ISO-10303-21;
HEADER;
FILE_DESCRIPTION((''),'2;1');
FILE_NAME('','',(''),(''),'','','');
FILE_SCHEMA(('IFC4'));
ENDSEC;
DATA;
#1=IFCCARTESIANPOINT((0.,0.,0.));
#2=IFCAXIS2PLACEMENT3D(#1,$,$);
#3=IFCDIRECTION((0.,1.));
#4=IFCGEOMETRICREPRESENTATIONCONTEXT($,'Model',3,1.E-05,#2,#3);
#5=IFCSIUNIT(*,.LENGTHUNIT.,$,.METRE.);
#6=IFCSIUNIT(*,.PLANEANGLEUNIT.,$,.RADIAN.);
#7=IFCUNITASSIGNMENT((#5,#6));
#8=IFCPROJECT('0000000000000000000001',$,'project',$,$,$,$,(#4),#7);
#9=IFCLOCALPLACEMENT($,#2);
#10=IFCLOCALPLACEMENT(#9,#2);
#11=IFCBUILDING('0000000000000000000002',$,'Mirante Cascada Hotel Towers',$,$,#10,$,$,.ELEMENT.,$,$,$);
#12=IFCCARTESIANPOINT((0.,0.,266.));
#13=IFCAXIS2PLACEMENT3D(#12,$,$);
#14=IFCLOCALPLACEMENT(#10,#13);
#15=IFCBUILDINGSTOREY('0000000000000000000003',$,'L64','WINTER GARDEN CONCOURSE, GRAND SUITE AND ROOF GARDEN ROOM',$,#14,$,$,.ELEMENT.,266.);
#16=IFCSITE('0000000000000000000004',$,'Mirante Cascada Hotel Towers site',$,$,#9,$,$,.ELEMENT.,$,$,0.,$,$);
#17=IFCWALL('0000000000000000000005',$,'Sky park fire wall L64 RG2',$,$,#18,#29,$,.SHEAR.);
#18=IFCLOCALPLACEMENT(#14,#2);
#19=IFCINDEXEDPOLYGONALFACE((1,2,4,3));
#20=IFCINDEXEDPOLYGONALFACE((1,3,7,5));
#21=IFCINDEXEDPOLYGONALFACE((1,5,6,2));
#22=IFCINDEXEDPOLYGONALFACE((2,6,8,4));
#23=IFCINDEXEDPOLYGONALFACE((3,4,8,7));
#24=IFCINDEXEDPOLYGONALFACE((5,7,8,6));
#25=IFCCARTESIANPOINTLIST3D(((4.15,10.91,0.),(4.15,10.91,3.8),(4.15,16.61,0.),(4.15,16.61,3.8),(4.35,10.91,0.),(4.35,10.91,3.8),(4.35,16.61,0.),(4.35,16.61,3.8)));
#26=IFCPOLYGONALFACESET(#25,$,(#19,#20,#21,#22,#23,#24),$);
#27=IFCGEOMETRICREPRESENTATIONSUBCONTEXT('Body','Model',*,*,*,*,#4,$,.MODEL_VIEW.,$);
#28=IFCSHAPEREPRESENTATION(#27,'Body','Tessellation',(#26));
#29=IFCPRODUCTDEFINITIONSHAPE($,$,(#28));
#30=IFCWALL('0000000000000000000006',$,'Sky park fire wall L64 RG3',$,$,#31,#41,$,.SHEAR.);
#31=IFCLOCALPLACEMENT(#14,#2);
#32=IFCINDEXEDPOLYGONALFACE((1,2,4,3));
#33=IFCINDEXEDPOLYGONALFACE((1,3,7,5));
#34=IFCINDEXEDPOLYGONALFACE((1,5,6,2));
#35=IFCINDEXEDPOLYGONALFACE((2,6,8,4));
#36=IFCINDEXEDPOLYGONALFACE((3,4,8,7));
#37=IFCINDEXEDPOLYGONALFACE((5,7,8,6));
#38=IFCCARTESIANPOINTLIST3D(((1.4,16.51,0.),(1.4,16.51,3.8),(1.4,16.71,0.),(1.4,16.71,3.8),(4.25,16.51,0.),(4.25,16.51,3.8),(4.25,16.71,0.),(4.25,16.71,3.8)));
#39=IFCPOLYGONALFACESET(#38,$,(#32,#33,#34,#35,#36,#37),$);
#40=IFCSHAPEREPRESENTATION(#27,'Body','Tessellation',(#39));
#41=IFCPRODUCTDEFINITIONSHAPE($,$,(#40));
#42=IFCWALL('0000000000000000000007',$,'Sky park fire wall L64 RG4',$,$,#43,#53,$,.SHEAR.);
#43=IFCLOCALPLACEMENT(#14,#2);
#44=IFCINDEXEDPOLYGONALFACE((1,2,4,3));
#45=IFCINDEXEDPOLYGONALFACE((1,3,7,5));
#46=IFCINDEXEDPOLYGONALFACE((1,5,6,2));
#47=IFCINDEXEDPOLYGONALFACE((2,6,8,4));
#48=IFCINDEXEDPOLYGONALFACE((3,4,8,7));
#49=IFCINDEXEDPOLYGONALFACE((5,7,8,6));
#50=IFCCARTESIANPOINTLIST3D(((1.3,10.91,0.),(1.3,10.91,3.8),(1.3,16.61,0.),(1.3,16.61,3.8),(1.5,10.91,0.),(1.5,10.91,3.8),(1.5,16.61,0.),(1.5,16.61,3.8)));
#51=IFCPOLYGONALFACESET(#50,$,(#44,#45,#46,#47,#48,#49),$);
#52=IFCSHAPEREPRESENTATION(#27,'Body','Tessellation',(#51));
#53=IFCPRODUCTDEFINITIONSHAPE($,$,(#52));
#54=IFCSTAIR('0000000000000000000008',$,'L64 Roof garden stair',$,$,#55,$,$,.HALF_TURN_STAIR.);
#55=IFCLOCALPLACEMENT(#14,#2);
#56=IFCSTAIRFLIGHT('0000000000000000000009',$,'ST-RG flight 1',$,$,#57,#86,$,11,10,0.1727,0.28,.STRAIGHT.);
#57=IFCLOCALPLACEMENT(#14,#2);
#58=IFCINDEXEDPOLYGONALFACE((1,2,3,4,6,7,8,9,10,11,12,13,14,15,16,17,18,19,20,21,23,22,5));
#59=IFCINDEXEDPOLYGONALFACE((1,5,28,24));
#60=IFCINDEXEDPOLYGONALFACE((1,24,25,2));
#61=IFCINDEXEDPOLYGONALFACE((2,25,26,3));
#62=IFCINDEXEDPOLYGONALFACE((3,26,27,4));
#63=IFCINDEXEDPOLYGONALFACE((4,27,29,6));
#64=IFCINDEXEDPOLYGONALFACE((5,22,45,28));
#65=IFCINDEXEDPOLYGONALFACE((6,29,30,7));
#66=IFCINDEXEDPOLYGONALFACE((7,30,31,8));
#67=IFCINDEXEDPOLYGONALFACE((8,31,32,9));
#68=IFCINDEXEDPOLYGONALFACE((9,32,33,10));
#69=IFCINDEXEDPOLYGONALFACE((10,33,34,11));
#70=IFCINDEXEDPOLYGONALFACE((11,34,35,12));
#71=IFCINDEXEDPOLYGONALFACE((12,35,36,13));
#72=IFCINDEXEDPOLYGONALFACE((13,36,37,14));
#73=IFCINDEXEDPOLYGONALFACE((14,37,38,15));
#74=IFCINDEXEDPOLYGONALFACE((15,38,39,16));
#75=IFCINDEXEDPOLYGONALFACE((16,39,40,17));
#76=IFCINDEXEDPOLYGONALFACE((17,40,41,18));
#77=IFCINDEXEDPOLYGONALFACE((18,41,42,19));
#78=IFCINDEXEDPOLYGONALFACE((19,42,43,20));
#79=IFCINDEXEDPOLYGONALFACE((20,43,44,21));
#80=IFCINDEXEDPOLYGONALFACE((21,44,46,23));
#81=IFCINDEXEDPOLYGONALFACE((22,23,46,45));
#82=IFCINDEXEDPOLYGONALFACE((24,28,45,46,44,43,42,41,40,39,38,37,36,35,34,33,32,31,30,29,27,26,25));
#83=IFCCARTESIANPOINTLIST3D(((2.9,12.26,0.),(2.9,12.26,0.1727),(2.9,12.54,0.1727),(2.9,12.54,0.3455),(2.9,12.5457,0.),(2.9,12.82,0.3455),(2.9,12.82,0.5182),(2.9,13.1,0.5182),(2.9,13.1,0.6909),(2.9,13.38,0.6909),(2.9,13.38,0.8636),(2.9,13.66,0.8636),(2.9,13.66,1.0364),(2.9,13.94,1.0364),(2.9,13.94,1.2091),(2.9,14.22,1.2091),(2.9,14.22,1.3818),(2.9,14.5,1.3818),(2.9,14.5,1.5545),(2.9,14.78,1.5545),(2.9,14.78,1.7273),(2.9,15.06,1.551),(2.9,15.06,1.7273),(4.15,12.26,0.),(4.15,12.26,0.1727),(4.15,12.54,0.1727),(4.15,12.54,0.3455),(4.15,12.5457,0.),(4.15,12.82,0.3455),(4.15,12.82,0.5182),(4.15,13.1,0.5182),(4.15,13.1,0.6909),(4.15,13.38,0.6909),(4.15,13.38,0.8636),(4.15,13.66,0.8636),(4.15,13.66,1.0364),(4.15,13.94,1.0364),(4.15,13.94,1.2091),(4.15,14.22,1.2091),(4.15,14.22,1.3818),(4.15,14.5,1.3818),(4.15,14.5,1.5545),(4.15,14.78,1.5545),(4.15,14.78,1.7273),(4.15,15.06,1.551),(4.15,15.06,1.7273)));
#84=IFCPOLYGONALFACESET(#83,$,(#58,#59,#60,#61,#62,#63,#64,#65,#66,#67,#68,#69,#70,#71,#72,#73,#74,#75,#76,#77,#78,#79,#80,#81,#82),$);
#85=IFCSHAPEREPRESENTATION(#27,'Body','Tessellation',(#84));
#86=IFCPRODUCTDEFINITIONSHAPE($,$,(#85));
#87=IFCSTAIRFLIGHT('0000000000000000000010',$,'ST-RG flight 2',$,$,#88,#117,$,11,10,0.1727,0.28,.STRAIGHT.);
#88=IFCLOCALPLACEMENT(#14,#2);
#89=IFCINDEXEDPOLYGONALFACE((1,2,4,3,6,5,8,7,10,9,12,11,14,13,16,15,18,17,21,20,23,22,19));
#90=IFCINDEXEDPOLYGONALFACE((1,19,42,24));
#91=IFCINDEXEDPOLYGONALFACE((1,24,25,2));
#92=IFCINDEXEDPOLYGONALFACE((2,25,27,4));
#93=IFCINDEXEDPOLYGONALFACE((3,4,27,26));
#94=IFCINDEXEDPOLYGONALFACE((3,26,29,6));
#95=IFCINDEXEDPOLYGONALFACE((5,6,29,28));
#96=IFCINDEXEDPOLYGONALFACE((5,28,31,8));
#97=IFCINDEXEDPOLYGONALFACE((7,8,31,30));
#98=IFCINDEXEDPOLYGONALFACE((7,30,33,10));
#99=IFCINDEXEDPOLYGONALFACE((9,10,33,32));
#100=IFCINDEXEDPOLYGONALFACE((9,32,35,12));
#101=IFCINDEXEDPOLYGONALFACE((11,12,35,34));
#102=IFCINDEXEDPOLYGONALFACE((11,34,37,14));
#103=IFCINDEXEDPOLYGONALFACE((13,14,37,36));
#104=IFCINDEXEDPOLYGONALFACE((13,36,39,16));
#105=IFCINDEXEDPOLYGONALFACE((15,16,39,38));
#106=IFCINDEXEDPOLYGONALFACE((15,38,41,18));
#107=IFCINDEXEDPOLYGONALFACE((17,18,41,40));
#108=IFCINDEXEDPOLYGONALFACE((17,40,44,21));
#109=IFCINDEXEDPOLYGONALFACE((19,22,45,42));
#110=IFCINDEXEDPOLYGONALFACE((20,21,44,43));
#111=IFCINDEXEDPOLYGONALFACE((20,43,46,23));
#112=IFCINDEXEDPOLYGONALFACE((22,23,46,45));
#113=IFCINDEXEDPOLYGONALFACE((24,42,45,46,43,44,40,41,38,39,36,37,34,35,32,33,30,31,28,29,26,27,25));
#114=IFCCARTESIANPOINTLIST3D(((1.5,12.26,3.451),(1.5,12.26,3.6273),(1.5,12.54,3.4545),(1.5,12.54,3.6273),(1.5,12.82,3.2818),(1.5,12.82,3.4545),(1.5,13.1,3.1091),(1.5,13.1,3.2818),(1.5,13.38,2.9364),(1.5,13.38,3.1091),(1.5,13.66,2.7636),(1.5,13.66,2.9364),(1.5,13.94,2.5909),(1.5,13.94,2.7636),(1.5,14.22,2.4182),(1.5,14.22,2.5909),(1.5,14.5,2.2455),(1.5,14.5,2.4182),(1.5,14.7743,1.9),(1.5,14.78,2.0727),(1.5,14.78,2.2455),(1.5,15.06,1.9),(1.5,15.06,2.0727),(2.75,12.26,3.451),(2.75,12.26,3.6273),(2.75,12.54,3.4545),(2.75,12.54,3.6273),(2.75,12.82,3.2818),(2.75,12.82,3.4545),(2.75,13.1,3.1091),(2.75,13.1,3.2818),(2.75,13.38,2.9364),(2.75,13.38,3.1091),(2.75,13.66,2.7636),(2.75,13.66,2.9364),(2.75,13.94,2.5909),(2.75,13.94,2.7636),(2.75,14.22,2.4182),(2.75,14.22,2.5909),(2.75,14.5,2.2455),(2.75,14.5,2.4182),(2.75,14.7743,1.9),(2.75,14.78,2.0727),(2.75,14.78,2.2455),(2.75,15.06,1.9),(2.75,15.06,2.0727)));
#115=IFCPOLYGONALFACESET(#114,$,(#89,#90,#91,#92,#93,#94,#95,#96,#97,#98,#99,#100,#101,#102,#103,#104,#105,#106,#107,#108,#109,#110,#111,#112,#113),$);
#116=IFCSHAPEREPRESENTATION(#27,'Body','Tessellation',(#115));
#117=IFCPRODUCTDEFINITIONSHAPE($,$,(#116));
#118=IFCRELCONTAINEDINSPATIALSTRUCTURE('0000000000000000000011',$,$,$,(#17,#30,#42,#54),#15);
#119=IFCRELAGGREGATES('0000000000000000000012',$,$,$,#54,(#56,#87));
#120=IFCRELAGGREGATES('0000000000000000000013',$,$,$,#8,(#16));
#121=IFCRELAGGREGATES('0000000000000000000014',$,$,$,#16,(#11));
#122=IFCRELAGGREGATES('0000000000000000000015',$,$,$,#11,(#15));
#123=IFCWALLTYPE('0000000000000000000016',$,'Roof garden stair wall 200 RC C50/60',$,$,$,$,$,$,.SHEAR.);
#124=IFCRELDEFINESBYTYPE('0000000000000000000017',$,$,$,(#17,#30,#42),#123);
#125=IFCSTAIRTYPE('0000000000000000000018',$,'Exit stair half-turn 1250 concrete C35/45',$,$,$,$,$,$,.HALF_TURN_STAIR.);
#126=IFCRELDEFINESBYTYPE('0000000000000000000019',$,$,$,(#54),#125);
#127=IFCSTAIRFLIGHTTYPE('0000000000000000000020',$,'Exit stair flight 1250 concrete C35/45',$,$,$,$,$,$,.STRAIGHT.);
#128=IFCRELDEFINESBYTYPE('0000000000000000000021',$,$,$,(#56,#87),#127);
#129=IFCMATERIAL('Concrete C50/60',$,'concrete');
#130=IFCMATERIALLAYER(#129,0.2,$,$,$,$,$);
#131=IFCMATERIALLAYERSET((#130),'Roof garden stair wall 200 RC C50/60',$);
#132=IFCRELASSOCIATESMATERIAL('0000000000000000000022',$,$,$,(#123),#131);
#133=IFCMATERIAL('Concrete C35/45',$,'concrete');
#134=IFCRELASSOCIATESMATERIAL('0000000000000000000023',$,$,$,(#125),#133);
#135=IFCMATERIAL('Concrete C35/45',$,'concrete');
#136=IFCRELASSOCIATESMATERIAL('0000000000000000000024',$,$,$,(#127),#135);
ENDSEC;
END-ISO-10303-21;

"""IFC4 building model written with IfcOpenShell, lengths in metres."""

from ifc_helpers import new_model, si_unit, direction, frame, frame_2d, origin, place, context, subcontext, project, spatial, polyline, rectangle, outline, extrude, material, layer, layer_set, type_object, element, aggregate, save


model = new_model("IFC4")

# Units and contexts
model_context = context("Model", 3, precision=1e-05, world=origin(), true_north=direction((0.0, 1.0)))
body_context = subcontext(model_context, "Body", "Model", "MODEL_VIEW")
ifc_project = project(units=[si_unit("LENGTHUNIT", "METRE"), si_unit("PLANEANGLEUNIT", "RADIAN")], contexts=[model_context])

# Site, building, storey
site_placement = place(None, origin())
site = spatial("IfcSite", under=ifc_project, at=site_placement, Name="Mirante Cascada Hotel Towers site", CompositionType="ELEMENT", RefElevation=0.0)
building_placement = place(site_placement, origin())
building = spatial("IfcBuilding", under=site, at=building_placement, Name="Mirante Cascada Hotel Towers", CompositionType="ELEMENT")
storey_placement = place(building_placement, frame((0.0, 0.0, 266.0)))
storey = spatial("IfcBuildingStorey", under=building, at=storey_placement, Name="L64", Description="WINTER GARDEN CONCOURSE, GRAND SUITE AND ROOF GARDEN ROOM", CompositionType="ELEMENT", Elevation=266.0)

# Shared definitions
ifc_material_1 = material(Name="Concrete C50/60", Category="concrete")
ifc_layer_1 = layer(ifc_material_1, 0.2)
ifc_layer_set_1 = layer_set([ifc_layer_1], Name="Roof garden stair wall 200 RC C50/60")
wall_type_1 = type_object("IfcWallType", Name="Roof garden stair wall 200 RC C50/60", PredefinedType="SHEAR", material=ifc_layer_set_1)

# Walls
wall_1_placement = place(storey_placement, frame((4.25, 10.91, 0.0), z_axis=(0.0, 0.0, 1.0), x_axis=(0.0, 1.0, 0.0)))
element("IfcWall", 1, at=wall_1_placement, inside=storey, type_object=wall_type_1, Name="Sky park fire wall L64 RG2", PredefinedType="SHEAR", context=body_context, shape_type="SweptSolid", body=[
    extrude(rectangle(XDim=5.7, YDim=0.2, at=frame_2d((2.85, 0.0))), origin(), (0.0, 0.0, 1.0), 3.8),
])
wall_2_placement = place(storey_placement, frame((4.25, 16.61, 0.0), z_axis=(0.0, 0.0, 1.0), x_axis=(-1.0, 0.0, 0.0)))
element("IfcWall", 2, at=wall_2_placement, inside=storey, type_object=wall_type_1, Name="Sky park fire wall L64 RG3", PredefinedType="SHEAR", context=body_context, shape_type="SweptSolid", body=[
    extrude(rectangle(XDim=2.85, YDim=0.2, at=frame_2d((1.425, 0.0))), origin(), (0.0, 0.0, 1.0), 3.8),
])
wall_3_placement = place(storey_placement, frame((1.4, 16.61, 0.0), z_axis=(0.0, 0.0, 1.0), x_axis=(0.0, -1.0, 0.0)))
element("IfcWall", 3, at=wall_3_placement, inside=storey, type_object=wall_type_1, Name="Sky park fire wall L64 RG4", PredefinedType="SHEAR", context=body_context, shape_type="SweptSolid", body=[
    extrude(rectangle(XDim=5.7, YDim=0.2, at=frame_2d((2.85, 0.0))), origin(), (0.0, 0.0, 1.0), 3.8),
])

# Stair, stair flights
ifc_material_2 = material(Name="Concrete C35/45", Category="concrete")
stair_type = type_object("IfcStairType", Name="Exit stair half-turn 1250 concrete C35/45", PredefinedType="HALF_TURN_STAIR", material=ifc_material_2)
stair_placement = place(storey_placement, origin())
stair = element("IfcStair", 4, at=stair_placement, inside=storey, type_object=stair_type, Name="L64 Roof garden stair", PredefinedType="HALF_TURN_STAIR")
ifc_material_3 = material(Name="Concrete C35/45", Category="concrete")
stair_flight_type = type_object("IfcStairFlightType", Name="Exit stair flight 1250 concrete C35/45", PredefinedType="STRAIGHT", material=ifc_material_3)
stair_flight_1_placement = place(storey_placement, frame((3.525, 12.26, 0.0), z_axis=(0.0, 0.0, 1.0), x_axis=(0.0, 1.0, 0.0)))
stair_flight_1 = element("IfcStairFlight", 5, at=stair_flight_1_placement, type_object=stair_flight_type, Name="ST-RG flight 1", NumberOfRisers=11, NumberOfTreads=10, PredefinedType="STRAIGHT", RiserHeight=0.1727, TreadLength=0.28, context=body_context, shape_type="SweptSolid", body=[
    extrude(outline(polyline([(0.0, 0.0), (0.0, 0.1727), (0.28, 0.1727), (0.28, 0.3455), (0.56, 0.3455), (0.56, 0.5182), (0.84, 0.5182), (0.84, 0.6909), (1.12, 0.6909), (1.12, 0.8636), (1.4, 0.8636), (1.4, 1.0364), (1.68, 1.0364), (1.68, 1.2091), (1.96, 1.2091), (1.96, 1.3818), (2.24, 1.3818), (2.24, 1.5545), (2.52, 1.5545), (2.52, 1.7273), (2.8, 1.7273), (2.8, 1.9), (2.8, 1.551), (0.2857, 0.0), (0.0, 0.0)])), frame((0.0, 0.625, 0.0), z_axis=(0.0, -1.0, 0.0), x_axis=(1.0, 0.0, 0.0)), (0.0, 0.0, 1.0), 1.25),
])
stair_flight_2_placement = place(storey_placement, frame((2.125, 15.06, 1.9), z_axis=(0.0, 0.0, 1.0), x_axis=(0.0, -1.0, 0.0)))
stair_flight_2 = element("IfcStairFlight", 6, at=stair_flight_2_placement, type_object=stair_flight_type, Name="ST-RG flight 2", NumberOfRisers=11, NumberOfTreads=10, PredefinedType="STRAIGHT", RiserHeight=0.1727, TreadLength=0.28, context=body_context, shape_type="SweptSolid", body=[
    extrude(outline(polyline([(0.0, 0.0), (0.0, 0.1727), (0.28, 0.1727), (0.28, 0.3455), (0.56, 0.3455), (0.56, 0.5182), (0.84, 0.5182), (0.84, 0.6909), (1.12, 0.6909), (1.12, 0.8636), (1.4, 0.8636), (1.4, 1.0364), (1.68, 1.0364), (1.68, 1.2091), (1.96, 1.2091), (1.96, 1.3818), (2.24, 1.3818), (2.24, 1.5545), (2.52, 1.5545), (2.52, 1.7273), (2.8, 1.7273), (2.8, 1.9), (2.8, 1.551), (0.2857, 0.0), (0.0, 0.0)])), frame((0.0, 0.625, 0.0), z_axis=(0.0, -1.0, 0.0), x_axis=(1.0, 0.0, 0.0)), (0.0, 0.0, 1.0), 1.25),
])
aggregate(stair, [stair_flight_1, stair_flight_2])

save(model, "model.ifc")
